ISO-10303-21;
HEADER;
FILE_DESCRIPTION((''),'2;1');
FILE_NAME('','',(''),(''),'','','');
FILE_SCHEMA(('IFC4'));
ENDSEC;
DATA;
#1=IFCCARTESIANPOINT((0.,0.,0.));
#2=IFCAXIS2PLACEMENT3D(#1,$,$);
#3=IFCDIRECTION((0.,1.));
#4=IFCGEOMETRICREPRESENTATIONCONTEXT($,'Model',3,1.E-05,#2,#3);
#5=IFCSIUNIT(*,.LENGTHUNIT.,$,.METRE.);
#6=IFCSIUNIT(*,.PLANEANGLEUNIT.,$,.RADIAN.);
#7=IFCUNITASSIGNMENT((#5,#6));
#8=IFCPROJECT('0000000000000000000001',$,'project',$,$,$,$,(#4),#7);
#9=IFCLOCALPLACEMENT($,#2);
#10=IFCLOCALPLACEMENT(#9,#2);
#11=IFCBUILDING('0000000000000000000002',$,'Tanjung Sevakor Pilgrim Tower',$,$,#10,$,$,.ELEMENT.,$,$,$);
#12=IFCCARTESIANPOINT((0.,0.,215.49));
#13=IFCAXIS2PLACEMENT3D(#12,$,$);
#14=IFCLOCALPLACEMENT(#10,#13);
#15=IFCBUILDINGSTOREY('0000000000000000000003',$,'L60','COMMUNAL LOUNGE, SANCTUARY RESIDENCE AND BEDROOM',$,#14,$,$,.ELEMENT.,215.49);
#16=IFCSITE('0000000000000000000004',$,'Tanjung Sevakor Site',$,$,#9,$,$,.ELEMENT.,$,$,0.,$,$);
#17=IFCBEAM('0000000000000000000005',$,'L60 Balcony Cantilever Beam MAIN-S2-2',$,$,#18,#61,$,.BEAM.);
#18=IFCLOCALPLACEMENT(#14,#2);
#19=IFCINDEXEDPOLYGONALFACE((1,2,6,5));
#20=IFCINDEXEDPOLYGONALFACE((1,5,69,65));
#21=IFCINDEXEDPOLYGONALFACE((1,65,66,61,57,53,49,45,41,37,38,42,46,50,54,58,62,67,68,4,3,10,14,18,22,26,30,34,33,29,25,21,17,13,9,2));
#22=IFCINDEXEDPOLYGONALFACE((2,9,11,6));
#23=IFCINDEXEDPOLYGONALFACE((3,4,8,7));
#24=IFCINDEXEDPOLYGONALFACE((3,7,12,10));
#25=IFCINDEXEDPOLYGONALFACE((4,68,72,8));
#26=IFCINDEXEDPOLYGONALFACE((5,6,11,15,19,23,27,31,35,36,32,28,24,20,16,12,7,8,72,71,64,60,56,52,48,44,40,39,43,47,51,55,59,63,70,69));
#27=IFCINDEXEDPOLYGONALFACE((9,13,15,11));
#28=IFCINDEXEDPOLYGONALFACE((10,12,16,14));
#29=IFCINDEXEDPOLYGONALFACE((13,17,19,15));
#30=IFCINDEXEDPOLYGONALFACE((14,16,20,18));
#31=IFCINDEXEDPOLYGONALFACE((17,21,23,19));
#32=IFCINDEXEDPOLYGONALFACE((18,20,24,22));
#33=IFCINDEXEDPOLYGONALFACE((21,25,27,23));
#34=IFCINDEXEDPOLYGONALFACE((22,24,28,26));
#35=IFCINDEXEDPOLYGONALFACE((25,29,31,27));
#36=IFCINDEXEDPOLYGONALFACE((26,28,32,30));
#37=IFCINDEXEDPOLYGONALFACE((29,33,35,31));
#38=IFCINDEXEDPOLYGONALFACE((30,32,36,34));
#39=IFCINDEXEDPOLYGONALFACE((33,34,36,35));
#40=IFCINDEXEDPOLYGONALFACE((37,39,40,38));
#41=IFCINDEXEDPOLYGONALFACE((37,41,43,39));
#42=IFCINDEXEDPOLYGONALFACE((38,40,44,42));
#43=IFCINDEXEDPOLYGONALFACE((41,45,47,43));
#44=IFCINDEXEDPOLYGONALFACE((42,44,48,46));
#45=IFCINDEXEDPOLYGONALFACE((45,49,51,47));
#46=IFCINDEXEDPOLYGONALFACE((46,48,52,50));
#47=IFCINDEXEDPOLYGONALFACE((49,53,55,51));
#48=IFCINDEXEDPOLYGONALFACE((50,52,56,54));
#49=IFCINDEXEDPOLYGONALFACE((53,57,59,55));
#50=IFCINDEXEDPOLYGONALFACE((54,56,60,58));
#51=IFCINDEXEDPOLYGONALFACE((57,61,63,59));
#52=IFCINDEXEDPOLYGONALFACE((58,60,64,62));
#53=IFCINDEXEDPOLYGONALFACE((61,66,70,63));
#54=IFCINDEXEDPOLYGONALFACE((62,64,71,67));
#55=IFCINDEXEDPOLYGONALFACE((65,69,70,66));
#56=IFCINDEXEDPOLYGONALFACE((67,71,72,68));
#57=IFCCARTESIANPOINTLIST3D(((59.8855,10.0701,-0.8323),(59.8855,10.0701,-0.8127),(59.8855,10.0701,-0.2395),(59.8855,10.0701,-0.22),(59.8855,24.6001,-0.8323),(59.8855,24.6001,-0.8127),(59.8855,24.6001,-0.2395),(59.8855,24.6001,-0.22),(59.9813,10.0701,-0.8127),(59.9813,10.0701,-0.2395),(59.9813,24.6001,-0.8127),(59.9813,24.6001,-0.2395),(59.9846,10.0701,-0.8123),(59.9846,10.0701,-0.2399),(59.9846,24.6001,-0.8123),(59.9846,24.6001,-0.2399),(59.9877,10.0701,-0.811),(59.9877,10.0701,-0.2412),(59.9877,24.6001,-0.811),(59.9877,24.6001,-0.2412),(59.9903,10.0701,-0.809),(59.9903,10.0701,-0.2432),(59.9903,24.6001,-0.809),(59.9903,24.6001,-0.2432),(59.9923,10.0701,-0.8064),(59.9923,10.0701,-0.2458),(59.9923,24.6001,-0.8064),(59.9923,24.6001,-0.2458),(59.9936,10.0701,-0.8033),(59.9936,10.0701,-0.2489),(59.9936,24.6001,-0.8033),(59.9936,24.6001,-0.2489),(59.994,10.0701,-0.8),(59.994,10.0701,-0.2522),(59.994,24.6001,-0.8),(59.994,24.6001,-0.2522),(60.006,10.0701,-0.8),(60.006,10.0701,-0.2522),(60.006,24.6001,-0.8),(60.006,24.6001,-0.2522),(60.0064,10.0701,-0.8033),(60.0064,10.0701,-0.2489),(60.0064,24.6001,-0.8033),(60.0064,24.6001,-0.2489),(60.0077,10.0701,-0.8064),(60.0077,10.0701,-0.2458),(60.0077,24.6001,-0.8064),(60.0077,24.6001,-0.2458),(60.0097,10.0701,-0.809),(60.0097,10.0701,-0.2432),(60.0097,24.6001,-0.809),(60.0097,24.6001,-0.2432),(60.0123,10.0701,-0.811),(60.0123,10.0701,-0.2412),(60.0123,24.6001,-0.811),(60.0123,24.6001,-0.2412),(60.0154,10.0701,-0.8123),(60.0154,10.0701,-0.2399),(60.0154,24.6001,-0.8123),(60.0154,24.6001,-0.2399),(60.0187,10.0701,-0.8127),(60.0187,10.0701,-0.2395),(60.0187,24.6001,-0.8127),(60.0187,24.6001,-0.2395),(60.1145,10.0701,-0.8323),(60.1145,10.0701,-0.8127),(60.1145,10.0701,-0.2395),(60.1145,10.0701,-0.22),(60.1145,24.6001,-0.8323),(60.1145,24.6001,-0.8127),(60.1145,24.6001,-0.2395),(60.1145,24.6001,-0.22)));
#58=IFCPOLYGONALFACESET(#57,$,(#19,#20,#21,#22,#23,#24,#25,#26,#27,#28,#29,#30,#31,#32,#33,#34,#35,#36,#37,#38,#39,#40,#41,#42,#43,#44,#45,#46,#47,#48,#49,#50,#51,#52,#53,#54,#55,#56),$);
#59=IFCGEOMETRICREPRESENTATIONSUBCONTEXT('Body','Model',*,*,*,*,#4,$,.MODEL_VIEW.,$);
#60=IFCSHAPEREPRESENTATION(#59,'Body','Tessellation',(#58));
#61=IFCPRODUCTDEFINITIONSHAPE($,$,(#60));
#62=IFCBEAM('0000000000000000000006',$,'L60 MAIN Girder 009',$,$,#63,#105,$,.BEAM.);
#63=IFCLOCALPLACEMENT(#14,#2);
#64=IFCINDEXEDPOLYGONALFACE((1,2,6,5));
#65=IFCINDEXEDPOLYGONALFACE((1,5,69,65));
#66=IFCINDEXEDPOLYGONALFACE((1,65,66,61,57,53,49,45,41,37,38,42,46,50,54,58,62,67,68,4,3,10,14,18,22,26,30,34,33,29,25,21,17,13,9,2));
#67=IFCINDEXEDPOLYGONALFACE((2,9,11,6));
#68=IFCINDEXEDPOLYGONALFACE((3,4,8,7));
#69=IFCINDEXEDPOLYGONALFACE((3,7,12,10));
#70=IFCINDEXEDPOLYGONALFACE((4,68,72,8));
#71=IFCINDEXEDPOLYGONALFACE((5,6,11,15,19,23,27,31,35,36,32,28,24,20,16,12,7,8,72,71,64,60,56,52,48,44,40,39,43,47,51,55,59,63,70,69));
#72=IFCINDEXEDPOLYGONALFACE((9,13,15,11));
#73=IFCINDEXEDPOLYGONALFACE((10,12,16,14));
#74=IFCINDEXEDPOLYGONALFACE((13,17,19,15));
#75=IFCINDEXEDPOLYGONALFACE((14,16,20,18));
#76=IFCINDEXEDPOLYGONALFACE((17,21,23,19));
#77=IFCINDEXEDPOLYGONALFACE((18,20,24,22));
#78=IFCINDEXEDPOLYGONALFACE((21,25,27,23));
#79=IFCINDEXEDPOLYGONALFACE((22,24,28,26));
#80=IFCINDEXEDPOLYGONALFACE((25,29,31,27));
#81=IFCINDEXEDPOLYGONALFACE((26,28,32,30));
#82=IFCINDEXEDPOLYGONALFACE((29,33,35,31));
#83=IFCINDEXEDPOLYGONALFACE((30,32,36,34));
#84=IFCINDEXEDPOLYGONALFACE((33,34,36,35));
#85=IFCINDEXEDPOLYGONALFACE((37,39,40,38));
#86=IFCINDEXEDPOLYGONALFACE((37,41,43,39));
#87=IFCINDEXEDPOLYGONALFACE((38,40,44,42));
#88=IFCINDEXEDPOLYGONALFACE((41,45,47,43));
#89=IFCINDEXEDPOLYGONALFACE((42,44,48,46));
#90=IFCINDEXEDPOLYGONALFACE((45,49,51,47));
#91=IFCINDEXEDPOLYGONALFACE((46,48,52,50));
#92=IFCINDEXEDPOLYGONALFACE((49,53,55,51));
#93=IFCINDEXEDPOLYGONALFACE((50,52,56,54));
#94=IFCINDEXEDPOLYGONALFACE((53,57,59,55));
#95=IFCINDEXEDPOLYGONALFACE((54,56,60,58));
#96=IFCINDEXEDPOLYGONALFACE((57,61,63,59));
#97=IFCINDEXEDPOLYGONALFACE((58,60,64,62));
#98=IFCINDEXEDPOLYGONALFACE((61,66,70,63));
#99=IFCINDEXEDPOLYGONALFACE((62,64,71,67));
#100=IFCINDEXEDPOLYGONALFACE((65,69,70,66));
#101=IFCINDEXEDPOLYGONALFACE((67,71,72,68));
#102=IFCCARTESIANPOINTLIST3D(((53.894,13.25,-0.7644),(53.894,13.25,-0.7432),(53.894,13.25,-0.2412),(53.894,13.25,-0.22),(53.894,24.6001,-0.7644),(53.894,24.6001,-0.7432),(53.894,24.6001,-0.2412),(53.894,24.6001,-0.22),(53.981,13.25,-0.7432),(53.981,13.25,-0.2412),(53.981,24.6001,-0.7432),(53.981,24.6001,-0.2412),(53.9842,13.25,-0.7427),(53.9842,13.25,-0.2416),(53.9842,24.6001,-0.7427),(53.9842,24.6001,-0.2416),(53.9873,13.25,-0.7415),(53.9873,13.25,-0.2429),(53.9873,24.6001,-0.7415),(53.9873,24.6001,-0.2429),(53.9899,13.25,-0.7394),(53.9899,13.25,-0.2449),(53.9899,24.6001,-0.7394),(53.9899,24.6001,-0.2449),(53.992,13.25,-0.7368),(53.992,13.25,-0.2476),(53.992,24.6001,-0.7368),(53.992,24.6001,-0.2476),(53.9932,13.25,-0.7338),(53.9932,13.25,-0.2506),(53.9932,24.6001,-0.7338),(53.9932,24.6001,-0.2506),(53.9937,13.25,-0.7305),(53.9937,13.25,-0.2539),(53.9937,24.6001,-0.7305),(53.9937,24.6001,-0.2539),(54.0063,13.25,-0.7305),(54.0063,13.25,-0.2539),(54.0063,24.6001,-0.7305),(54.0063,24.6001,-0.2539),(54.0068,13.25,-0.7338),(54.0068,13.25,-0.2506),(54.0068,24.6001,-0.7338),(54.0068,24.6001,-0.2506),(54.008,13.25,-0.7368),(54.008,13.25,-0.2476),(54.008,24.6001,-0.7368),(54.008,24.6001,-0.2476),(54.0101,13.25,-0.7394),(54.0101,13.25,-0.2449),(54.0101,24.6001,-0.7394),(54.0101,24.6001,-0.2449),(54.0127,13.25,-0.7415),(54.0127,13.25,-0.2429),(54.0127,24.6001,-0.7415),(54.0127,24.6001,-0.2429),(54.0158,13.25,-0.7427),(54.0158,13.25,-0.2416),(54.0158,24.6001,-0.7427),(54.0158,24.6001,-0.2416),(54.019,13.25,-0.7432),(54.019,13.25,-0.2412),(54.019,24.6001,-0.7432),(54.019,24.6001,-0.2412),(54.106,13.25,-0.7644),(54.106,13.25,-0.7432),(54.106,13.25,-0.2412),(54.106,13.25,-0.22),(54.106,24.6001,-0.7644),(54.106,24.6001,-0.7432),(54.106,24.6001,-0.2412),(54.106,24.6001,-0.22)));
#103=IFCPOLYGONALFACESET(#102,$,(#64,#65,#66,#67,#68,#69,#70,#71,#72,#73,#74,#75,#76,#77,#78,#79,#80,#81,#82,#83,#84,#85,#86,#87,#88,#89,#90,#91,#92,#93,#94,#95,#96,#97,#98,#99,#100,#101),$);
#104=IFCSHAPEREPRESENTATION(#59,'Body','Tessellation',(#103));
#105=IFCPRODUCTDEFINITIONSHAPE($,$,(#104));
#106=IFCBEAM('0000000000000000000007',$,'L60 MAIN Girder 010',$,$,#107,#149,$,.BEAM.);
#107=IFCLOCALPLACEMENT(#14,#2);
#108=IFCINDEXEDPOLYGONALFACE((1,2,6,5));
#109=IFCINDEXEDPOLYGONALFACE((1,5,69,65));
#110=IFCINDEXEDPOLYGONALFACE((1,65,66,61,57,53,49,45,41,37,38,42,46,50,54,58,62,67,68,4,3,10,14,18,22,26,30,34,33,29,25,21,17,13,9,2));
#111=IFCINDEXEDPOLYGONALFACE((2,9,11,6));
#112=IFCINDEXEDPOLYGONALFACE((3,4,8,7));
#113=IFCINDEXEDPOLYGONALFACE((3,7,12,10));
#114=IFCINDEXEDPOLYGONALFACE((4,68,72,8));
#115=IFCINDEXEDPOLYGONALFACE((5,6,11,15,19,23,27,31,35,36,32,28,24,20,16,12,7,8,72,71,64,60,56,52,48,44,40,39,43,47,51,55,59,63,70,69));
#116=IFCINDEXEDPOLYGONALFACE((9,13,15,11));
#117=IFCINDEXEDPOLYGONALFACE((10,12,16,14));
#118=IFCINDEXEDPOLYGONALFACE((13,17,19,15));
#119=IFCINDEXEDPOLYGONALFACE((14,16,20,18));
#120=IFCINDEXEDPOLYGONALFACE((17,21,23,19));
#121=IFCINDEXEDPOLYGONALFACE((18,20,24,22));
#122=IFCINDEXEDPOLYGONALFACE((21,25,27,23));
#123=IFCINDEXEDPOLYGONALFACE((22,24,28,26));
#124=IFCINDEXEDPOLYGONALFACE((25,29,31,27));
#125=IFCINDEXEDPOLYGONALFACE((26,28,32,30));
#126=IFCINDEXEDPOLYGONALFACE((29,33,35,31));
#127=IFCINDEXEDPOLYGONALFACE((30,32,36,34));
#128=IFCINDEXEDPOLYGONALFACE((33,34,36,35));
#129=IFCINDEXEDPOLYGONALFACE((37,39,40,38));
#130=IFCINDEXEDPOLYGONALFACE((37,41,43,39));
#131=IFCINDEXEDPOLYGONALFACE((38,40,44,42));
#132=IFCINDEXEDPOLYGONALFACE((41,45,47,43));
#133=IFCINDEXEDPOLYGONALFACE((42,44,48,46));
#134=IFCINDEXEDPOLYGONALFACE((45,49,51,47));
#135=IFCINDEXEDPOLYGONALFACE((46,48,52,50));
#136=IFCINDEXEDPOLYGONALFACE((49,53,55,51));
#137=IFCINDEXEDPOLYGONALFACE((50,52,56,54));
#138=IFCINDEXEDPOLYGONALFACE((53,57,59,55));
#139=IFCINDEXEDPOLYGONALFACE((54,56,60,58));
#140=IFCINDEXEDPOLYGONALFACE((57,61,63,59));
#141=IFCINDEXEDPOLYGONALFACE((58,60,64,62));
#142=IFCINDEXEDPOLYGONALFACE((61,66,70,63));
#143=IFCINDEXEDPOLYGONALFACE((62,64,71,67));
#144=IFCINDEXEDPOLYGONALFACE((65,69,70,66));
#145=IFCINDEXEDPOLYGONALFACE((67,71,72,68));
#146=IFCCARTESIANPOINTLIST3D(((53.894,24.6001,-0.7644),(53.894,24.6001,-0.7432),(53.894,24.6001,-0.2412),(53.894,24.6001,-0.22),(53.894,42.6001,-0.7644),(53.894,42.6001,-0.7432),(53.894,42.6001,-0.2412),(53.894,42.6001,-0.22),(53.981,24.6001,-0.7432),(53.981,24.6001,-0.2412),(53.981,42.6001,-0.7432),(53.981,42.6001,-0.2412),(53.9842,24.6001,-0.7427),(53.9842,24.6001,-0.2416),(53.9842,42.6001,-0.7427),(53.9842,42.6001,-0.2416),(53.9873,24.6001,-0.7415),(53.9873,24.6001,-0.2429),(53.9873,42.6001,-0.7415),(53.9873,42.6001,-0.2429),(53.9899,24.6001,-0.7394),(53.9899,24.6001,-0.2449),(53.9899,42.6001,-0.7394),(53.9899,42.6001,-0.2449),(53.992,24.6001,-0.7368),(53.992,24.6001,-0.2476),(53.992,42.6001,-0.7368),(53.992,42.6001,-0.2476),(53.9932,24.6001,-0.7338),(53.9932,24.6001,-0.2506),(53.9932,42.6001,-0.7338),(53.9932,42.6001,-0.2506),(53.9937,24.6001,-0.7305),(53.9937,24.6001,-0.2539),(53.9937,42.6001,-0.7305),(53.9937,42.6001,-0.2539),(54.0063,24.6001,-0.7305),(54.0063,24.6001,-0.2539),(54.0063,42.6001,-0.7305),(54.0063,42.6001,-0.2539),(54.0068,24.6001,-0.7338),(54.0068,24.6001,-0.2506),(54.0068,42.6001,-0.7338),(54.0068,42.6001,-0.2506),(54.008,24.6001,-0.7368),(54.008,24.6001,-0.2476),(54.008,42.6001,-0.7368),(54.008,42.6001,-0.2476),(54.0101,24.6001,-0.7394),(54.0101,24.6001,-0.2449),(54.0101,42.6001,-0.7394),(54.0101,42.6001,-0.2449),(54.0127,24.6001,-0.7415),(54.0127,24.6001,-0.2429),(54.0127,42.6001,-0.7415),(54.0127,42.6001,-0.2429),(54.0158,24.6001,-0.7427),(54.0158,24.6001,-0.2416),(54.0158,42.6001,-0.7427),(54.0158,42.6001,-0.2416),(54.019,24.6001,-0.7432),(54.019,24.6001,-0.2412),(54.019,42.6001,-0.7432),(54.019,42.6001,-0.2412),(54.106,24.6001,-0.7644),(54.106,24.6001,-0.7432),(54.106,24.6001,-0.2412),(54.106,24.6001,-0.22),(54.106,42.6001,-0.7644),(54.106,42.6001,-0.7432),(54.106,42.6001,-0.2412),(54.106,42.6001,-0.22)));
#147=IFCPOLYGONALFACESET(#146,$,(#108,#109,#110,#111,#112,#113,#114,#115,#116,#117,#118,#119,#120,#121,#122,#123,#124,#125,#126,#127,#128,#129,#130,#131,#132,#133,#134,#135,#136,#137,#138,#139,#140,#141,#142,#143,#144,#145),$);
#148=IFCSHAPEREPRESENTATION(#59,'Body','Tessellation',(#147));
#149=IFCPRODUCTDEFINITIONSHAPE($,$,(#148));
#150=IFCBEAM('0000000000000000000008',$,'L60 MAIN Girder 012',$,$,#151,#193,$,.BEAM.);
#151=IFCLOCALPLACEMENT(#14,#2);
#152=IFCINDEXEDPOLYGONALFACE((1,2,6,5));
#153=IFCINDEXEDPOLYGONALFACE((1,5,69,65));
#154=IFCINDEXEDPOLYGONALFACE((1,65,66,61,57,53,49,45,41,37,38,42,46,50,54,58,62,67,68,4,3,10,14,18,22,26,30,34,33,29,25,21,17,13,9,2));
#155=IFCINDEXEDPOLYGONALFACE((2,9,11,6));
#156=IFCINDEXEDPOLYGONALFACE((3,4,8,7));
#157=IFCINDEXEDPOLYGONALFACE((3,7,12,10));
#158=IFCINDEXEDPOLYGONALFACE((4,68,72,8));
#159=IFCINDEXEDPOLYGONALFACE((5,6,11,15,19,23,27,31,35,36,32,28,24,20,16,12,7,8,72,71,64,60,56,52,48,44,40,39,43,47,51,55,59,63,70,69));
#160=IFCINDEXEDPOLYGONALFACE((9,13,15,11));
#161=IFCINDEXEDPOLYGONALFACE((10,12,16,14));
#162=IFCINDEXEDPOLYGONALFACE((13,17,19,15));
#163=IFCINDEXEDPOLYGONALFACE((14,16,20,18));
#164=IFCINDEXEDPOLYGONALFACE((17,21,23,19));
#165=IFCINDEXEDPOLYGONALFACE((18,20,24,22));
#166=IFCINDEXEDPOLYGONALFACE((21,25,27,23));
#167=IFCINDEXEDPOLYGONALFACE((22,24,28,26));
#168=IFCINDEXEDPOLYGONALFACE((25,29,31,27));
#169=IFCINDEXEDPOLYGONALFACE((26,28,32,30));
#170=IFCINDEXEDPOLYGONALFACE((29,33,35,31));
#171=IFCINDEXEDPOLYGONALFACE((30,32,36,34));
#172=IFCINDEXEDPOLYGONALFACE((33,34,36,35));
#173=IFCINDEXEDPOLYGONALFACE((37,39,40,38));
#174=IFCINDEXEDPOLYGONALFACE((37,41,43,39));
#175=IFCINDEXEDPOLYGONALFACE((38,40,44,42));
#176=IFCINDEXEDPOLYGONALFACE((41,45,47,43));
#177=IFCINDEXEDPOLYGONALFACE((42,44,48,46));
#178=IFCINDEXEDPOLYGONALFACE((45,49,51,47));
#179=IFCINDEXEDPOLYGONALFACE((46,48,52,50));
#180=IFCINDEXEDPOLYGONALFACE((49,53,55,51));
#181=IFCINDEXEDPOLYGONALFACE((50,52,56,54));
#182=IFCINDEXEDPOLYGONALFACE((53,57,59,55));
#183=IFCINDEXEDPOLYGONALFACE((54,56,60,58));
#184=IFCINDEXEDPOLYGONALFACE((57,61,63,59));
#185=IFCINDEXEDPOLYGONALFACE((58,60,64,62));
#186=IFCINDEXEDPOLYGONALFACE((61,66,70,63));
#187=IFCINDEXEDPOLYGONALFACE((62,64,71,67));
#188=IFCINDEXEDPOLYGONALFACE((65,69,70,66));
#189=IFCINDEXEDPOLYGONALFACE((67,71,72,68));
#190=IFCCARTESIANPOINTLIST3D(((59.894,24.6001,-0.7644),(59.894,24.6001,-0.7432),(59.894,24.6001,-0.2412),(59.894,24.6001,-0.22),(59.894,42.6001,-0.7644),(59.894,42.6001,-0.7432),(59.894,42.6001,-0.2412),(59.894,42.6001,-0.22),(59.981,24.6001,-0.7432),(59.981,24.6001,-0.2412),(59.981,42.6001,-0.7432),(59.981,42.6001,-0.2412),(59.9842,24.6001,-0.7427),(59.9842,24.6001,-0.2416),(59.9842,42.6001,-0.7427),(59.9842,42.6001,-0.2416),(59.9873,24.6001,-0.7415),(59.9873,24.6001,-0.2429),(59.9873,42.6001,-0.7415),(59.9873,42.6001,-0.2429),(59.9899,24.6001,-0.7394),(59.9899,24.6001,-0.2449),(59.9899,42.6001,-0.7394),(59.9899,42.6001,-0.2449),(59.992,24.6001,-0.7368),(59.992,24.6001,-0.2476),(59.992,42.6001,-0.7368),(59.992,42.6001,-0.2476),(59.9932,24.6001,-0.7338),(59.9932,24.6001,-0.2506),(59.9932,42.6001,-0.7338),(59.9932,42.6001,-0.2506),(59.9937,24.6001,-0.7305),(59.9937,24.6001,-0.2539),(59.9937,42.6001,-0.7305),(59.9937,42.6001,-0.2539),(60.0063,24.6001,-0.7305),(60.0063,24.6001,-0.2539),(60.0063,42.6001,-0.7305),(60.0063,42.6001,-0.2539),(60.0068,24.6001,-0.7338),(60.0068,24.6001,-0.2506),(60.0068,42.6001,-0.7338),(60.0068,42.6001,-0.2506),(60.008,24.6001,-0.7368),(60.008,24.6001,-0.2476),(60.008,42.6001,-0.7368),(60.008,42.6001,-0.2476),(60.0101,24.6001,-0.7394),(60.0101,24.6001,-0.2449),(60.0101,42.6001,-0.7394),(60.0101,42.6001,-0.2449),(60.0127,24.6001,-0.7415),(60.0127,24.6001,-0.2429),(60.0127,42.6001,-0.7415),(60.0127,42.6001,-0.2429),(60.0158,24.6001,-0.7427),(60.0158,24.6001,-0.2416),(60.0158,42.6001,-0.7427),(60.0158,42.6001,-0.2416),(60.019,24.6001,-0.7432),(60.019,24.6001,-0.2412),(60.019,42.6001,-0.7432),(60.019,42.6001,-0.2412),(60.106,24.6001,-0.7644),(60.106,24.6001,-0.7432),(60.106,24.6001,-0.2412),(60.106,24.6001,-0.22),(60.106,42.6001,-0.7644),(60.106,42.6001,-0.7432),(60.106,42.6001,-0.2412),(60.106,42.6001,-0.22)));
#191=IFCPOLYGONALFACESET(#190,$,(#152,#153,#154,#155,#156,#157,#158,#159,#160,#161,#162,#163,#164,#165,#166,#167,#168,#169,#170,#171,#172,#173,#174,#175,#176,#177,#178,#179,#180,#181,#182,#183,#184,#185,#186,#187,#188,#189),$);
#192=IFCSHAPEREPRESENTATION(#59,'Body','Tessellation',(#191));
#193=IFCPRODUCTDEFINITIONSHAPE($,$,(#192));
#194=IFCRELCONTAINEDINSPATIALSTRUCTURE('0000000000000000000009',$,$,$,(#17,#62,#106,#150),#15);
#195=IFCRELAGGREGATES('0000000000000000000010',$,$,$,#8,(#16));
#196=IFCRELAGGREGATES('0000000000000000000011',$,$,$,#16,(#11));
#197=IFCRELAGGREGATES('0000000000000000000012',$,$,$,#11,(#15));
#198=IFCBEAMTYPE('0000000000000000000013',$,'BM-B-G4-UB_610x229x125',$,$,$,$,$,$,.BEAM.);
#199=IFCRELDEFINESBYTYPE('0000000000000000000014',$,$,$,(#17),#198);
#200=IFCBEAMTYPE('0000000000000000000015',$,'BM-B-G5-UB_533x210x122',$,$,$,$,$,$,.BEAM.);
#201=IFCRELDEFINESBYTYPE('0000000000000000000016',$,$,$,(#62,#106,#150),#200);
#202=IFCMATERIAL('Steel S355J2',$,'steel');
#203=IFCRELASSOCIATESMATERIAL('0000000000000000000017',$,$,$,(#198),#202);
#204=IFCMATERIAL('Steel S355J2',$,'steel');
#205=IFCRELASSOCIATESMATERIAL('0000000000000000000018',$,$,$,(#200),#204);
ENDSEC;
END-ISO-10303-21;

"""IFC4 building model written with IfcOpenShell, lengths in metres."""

from ifc_helpers import new_model, si_unit, direction, frame, origin, origin_2d, place, context, subcontext, project, spatial, i_section, extrude, material, material_profile, profile_set, type_object, element, save


model = new_model("IFC4")

# Units and contexts
model_context = context("Model", 3, precision=1e-05, world=origin(), true_north=direction((0.0, 1.0)))
body_context = subcontext(model_context, "Body", "Model", "MODEL_VIEW")
ifc_project = project(units=[si_unit("LENGTHUNIT", "METRE"), si_unit("PLANEANGLEUNIT", "RADIAN")], contexts=[model_context])

# Site, building, storey
site_placement = place(None, origin())
site = spatial("IfcSite", under=ifc_project, at=site_placement, Name="Tanjung Sevakor Site", CompositionType="ELEMENT", RefElevation=0.0)
building_placement = place(site_placement, origin())
building = spatial("IfcBuilding", under=site, at=building_placement, Name="Tanjung Sevakor Pilgrim Tower", CompositionType="ELEMENT")
storey_placement = place(building_placement, frame((0.0, 0.0, 215.49)))
storey = spatial("IfcBuildingStorey", under=building, at=storey_placement, Name="L60", Description="COMMUNAL LOUNGE, SANCTUARY RESIDENCE AND BEDROOM", CompositionType="ELEMENT", Elevation=215.49)

# Beams
ifc_material_1 = material(Name="Steel S355J2", Category="steel")
ifc_material_profile_1 = material_profile(ifc_material_1, i_section(OverallWidth=0.229, OverallDepth=0.6123, WebThickness=0.012, FlangeThickness=0.0195, FilletRadius=0.0127, at=origin_2d()))
ifc_profile_set_1 = profile_set([ifc_material_profile_1], Name="Steel S355J2")
beam_type_1 = type_object("IfcBeamType", Name="BM-B-G4-UB_610x229x125", PredefinedType="BEAM", material=ifc_profile_set_1)
beam_1_placement = place(storey_placement, frame((60.0, 24.6001, -0.5261), z_axis=(0.0, -1.0, 0.0), x_axis=(1.0, 0.0, 0.0)))
element("IfcBeam", 1, at=beam_1_placement, inside=storey, type_object=beam_type_1, Name="L60 Balcony Cantilever Beam MAIN-S2-2", PredefinedType="BEAM", context=body_context, shape_type="SweptSolid", body=[
    extrude(i_section(OverallWidth=0.229, OverallDepth=0.6123, WebThickness=0.012, FlangeThickness=0.0195, FilletRadius=0.0127, at=origin_2d()), origin(), (0.0, 0.0, 1.0), 14.53),
])
ifc_material_2 = material(Name="Steel S355J2", Category="steel")
ifc_material_profile_2 = material_profile(ifc_material_2, i_section(OverallWidth=0.2119, OverallDepth=0.5444, WebThickness=0.0127, FlangeThickness=0.0212, FilletRadius=0.0127, at=origin_2d()))
ifc_profile_set_2 = profile_set([ifc_material_profile_2], Name="Steel S355J2")
beam_type_2 = type_object("IfcBeamType", Name="BM-B-G5-UB_533x210x122", PredefinedType="BEAM", material=ifc_profile_set_2)
beam_2_placement = place(storey_placement, frame((54.0, 13.25, -0.4922), z_axis=(0.0, 1.0, 0.0), x_axis=(-1.0, 0.0, 0.0)))
element("IfcBeam", 2, at=beam_2_placement, inside=storey, type_object=beam_type_2, Name="L60 MAIN Girder 009", PredefinedType="BEAM", context=body_context, shape_type="SweptSolid", body=[
    extrude(i_section(OverallWidth=0.2119, OverallDepth=0.5444, WebThickness=0.0127, FlangeThickness=0.0212, FilletRadius=0.0127, at=origin_2d()), origin(), (0.0, 0.0, 1.0), 11.3501),
])
for number, where, z_axis, x_axis, name in (
    (3, (54.0, 24.6001, -0.4922), (0.0, 1.0, 0.0), (-1.0, 0.0, 0.0), "L60 MAIN Girder 010"),
    (4, (60.0, 24.6001, -0.4922), (0.0, 1.0, 0.0), (-1.0, 0.0, 0.0), "L60 MAIN Girder 012"),
):
    element("IfcBeam", number, at=place(storey_placement, frame(where, z_axis=z_axis, x_axis=x_axis)), inside=storey, type_object=beam_type_2, Name=name, PredefinedType="BEAM", context=body_context, shape_type="SweptSolid", body=[
        extrude(i_section(OverallWidth=0.2119, OverallDepth=0.5444, WebThickness=0.0127, FlangeThickness=0.0212, FilletRadius=0.0127, at=origin_2d()), origin(), (0.0, 0.0, 1.0), 18.0),
    ])

save(model, "model.ifc")
